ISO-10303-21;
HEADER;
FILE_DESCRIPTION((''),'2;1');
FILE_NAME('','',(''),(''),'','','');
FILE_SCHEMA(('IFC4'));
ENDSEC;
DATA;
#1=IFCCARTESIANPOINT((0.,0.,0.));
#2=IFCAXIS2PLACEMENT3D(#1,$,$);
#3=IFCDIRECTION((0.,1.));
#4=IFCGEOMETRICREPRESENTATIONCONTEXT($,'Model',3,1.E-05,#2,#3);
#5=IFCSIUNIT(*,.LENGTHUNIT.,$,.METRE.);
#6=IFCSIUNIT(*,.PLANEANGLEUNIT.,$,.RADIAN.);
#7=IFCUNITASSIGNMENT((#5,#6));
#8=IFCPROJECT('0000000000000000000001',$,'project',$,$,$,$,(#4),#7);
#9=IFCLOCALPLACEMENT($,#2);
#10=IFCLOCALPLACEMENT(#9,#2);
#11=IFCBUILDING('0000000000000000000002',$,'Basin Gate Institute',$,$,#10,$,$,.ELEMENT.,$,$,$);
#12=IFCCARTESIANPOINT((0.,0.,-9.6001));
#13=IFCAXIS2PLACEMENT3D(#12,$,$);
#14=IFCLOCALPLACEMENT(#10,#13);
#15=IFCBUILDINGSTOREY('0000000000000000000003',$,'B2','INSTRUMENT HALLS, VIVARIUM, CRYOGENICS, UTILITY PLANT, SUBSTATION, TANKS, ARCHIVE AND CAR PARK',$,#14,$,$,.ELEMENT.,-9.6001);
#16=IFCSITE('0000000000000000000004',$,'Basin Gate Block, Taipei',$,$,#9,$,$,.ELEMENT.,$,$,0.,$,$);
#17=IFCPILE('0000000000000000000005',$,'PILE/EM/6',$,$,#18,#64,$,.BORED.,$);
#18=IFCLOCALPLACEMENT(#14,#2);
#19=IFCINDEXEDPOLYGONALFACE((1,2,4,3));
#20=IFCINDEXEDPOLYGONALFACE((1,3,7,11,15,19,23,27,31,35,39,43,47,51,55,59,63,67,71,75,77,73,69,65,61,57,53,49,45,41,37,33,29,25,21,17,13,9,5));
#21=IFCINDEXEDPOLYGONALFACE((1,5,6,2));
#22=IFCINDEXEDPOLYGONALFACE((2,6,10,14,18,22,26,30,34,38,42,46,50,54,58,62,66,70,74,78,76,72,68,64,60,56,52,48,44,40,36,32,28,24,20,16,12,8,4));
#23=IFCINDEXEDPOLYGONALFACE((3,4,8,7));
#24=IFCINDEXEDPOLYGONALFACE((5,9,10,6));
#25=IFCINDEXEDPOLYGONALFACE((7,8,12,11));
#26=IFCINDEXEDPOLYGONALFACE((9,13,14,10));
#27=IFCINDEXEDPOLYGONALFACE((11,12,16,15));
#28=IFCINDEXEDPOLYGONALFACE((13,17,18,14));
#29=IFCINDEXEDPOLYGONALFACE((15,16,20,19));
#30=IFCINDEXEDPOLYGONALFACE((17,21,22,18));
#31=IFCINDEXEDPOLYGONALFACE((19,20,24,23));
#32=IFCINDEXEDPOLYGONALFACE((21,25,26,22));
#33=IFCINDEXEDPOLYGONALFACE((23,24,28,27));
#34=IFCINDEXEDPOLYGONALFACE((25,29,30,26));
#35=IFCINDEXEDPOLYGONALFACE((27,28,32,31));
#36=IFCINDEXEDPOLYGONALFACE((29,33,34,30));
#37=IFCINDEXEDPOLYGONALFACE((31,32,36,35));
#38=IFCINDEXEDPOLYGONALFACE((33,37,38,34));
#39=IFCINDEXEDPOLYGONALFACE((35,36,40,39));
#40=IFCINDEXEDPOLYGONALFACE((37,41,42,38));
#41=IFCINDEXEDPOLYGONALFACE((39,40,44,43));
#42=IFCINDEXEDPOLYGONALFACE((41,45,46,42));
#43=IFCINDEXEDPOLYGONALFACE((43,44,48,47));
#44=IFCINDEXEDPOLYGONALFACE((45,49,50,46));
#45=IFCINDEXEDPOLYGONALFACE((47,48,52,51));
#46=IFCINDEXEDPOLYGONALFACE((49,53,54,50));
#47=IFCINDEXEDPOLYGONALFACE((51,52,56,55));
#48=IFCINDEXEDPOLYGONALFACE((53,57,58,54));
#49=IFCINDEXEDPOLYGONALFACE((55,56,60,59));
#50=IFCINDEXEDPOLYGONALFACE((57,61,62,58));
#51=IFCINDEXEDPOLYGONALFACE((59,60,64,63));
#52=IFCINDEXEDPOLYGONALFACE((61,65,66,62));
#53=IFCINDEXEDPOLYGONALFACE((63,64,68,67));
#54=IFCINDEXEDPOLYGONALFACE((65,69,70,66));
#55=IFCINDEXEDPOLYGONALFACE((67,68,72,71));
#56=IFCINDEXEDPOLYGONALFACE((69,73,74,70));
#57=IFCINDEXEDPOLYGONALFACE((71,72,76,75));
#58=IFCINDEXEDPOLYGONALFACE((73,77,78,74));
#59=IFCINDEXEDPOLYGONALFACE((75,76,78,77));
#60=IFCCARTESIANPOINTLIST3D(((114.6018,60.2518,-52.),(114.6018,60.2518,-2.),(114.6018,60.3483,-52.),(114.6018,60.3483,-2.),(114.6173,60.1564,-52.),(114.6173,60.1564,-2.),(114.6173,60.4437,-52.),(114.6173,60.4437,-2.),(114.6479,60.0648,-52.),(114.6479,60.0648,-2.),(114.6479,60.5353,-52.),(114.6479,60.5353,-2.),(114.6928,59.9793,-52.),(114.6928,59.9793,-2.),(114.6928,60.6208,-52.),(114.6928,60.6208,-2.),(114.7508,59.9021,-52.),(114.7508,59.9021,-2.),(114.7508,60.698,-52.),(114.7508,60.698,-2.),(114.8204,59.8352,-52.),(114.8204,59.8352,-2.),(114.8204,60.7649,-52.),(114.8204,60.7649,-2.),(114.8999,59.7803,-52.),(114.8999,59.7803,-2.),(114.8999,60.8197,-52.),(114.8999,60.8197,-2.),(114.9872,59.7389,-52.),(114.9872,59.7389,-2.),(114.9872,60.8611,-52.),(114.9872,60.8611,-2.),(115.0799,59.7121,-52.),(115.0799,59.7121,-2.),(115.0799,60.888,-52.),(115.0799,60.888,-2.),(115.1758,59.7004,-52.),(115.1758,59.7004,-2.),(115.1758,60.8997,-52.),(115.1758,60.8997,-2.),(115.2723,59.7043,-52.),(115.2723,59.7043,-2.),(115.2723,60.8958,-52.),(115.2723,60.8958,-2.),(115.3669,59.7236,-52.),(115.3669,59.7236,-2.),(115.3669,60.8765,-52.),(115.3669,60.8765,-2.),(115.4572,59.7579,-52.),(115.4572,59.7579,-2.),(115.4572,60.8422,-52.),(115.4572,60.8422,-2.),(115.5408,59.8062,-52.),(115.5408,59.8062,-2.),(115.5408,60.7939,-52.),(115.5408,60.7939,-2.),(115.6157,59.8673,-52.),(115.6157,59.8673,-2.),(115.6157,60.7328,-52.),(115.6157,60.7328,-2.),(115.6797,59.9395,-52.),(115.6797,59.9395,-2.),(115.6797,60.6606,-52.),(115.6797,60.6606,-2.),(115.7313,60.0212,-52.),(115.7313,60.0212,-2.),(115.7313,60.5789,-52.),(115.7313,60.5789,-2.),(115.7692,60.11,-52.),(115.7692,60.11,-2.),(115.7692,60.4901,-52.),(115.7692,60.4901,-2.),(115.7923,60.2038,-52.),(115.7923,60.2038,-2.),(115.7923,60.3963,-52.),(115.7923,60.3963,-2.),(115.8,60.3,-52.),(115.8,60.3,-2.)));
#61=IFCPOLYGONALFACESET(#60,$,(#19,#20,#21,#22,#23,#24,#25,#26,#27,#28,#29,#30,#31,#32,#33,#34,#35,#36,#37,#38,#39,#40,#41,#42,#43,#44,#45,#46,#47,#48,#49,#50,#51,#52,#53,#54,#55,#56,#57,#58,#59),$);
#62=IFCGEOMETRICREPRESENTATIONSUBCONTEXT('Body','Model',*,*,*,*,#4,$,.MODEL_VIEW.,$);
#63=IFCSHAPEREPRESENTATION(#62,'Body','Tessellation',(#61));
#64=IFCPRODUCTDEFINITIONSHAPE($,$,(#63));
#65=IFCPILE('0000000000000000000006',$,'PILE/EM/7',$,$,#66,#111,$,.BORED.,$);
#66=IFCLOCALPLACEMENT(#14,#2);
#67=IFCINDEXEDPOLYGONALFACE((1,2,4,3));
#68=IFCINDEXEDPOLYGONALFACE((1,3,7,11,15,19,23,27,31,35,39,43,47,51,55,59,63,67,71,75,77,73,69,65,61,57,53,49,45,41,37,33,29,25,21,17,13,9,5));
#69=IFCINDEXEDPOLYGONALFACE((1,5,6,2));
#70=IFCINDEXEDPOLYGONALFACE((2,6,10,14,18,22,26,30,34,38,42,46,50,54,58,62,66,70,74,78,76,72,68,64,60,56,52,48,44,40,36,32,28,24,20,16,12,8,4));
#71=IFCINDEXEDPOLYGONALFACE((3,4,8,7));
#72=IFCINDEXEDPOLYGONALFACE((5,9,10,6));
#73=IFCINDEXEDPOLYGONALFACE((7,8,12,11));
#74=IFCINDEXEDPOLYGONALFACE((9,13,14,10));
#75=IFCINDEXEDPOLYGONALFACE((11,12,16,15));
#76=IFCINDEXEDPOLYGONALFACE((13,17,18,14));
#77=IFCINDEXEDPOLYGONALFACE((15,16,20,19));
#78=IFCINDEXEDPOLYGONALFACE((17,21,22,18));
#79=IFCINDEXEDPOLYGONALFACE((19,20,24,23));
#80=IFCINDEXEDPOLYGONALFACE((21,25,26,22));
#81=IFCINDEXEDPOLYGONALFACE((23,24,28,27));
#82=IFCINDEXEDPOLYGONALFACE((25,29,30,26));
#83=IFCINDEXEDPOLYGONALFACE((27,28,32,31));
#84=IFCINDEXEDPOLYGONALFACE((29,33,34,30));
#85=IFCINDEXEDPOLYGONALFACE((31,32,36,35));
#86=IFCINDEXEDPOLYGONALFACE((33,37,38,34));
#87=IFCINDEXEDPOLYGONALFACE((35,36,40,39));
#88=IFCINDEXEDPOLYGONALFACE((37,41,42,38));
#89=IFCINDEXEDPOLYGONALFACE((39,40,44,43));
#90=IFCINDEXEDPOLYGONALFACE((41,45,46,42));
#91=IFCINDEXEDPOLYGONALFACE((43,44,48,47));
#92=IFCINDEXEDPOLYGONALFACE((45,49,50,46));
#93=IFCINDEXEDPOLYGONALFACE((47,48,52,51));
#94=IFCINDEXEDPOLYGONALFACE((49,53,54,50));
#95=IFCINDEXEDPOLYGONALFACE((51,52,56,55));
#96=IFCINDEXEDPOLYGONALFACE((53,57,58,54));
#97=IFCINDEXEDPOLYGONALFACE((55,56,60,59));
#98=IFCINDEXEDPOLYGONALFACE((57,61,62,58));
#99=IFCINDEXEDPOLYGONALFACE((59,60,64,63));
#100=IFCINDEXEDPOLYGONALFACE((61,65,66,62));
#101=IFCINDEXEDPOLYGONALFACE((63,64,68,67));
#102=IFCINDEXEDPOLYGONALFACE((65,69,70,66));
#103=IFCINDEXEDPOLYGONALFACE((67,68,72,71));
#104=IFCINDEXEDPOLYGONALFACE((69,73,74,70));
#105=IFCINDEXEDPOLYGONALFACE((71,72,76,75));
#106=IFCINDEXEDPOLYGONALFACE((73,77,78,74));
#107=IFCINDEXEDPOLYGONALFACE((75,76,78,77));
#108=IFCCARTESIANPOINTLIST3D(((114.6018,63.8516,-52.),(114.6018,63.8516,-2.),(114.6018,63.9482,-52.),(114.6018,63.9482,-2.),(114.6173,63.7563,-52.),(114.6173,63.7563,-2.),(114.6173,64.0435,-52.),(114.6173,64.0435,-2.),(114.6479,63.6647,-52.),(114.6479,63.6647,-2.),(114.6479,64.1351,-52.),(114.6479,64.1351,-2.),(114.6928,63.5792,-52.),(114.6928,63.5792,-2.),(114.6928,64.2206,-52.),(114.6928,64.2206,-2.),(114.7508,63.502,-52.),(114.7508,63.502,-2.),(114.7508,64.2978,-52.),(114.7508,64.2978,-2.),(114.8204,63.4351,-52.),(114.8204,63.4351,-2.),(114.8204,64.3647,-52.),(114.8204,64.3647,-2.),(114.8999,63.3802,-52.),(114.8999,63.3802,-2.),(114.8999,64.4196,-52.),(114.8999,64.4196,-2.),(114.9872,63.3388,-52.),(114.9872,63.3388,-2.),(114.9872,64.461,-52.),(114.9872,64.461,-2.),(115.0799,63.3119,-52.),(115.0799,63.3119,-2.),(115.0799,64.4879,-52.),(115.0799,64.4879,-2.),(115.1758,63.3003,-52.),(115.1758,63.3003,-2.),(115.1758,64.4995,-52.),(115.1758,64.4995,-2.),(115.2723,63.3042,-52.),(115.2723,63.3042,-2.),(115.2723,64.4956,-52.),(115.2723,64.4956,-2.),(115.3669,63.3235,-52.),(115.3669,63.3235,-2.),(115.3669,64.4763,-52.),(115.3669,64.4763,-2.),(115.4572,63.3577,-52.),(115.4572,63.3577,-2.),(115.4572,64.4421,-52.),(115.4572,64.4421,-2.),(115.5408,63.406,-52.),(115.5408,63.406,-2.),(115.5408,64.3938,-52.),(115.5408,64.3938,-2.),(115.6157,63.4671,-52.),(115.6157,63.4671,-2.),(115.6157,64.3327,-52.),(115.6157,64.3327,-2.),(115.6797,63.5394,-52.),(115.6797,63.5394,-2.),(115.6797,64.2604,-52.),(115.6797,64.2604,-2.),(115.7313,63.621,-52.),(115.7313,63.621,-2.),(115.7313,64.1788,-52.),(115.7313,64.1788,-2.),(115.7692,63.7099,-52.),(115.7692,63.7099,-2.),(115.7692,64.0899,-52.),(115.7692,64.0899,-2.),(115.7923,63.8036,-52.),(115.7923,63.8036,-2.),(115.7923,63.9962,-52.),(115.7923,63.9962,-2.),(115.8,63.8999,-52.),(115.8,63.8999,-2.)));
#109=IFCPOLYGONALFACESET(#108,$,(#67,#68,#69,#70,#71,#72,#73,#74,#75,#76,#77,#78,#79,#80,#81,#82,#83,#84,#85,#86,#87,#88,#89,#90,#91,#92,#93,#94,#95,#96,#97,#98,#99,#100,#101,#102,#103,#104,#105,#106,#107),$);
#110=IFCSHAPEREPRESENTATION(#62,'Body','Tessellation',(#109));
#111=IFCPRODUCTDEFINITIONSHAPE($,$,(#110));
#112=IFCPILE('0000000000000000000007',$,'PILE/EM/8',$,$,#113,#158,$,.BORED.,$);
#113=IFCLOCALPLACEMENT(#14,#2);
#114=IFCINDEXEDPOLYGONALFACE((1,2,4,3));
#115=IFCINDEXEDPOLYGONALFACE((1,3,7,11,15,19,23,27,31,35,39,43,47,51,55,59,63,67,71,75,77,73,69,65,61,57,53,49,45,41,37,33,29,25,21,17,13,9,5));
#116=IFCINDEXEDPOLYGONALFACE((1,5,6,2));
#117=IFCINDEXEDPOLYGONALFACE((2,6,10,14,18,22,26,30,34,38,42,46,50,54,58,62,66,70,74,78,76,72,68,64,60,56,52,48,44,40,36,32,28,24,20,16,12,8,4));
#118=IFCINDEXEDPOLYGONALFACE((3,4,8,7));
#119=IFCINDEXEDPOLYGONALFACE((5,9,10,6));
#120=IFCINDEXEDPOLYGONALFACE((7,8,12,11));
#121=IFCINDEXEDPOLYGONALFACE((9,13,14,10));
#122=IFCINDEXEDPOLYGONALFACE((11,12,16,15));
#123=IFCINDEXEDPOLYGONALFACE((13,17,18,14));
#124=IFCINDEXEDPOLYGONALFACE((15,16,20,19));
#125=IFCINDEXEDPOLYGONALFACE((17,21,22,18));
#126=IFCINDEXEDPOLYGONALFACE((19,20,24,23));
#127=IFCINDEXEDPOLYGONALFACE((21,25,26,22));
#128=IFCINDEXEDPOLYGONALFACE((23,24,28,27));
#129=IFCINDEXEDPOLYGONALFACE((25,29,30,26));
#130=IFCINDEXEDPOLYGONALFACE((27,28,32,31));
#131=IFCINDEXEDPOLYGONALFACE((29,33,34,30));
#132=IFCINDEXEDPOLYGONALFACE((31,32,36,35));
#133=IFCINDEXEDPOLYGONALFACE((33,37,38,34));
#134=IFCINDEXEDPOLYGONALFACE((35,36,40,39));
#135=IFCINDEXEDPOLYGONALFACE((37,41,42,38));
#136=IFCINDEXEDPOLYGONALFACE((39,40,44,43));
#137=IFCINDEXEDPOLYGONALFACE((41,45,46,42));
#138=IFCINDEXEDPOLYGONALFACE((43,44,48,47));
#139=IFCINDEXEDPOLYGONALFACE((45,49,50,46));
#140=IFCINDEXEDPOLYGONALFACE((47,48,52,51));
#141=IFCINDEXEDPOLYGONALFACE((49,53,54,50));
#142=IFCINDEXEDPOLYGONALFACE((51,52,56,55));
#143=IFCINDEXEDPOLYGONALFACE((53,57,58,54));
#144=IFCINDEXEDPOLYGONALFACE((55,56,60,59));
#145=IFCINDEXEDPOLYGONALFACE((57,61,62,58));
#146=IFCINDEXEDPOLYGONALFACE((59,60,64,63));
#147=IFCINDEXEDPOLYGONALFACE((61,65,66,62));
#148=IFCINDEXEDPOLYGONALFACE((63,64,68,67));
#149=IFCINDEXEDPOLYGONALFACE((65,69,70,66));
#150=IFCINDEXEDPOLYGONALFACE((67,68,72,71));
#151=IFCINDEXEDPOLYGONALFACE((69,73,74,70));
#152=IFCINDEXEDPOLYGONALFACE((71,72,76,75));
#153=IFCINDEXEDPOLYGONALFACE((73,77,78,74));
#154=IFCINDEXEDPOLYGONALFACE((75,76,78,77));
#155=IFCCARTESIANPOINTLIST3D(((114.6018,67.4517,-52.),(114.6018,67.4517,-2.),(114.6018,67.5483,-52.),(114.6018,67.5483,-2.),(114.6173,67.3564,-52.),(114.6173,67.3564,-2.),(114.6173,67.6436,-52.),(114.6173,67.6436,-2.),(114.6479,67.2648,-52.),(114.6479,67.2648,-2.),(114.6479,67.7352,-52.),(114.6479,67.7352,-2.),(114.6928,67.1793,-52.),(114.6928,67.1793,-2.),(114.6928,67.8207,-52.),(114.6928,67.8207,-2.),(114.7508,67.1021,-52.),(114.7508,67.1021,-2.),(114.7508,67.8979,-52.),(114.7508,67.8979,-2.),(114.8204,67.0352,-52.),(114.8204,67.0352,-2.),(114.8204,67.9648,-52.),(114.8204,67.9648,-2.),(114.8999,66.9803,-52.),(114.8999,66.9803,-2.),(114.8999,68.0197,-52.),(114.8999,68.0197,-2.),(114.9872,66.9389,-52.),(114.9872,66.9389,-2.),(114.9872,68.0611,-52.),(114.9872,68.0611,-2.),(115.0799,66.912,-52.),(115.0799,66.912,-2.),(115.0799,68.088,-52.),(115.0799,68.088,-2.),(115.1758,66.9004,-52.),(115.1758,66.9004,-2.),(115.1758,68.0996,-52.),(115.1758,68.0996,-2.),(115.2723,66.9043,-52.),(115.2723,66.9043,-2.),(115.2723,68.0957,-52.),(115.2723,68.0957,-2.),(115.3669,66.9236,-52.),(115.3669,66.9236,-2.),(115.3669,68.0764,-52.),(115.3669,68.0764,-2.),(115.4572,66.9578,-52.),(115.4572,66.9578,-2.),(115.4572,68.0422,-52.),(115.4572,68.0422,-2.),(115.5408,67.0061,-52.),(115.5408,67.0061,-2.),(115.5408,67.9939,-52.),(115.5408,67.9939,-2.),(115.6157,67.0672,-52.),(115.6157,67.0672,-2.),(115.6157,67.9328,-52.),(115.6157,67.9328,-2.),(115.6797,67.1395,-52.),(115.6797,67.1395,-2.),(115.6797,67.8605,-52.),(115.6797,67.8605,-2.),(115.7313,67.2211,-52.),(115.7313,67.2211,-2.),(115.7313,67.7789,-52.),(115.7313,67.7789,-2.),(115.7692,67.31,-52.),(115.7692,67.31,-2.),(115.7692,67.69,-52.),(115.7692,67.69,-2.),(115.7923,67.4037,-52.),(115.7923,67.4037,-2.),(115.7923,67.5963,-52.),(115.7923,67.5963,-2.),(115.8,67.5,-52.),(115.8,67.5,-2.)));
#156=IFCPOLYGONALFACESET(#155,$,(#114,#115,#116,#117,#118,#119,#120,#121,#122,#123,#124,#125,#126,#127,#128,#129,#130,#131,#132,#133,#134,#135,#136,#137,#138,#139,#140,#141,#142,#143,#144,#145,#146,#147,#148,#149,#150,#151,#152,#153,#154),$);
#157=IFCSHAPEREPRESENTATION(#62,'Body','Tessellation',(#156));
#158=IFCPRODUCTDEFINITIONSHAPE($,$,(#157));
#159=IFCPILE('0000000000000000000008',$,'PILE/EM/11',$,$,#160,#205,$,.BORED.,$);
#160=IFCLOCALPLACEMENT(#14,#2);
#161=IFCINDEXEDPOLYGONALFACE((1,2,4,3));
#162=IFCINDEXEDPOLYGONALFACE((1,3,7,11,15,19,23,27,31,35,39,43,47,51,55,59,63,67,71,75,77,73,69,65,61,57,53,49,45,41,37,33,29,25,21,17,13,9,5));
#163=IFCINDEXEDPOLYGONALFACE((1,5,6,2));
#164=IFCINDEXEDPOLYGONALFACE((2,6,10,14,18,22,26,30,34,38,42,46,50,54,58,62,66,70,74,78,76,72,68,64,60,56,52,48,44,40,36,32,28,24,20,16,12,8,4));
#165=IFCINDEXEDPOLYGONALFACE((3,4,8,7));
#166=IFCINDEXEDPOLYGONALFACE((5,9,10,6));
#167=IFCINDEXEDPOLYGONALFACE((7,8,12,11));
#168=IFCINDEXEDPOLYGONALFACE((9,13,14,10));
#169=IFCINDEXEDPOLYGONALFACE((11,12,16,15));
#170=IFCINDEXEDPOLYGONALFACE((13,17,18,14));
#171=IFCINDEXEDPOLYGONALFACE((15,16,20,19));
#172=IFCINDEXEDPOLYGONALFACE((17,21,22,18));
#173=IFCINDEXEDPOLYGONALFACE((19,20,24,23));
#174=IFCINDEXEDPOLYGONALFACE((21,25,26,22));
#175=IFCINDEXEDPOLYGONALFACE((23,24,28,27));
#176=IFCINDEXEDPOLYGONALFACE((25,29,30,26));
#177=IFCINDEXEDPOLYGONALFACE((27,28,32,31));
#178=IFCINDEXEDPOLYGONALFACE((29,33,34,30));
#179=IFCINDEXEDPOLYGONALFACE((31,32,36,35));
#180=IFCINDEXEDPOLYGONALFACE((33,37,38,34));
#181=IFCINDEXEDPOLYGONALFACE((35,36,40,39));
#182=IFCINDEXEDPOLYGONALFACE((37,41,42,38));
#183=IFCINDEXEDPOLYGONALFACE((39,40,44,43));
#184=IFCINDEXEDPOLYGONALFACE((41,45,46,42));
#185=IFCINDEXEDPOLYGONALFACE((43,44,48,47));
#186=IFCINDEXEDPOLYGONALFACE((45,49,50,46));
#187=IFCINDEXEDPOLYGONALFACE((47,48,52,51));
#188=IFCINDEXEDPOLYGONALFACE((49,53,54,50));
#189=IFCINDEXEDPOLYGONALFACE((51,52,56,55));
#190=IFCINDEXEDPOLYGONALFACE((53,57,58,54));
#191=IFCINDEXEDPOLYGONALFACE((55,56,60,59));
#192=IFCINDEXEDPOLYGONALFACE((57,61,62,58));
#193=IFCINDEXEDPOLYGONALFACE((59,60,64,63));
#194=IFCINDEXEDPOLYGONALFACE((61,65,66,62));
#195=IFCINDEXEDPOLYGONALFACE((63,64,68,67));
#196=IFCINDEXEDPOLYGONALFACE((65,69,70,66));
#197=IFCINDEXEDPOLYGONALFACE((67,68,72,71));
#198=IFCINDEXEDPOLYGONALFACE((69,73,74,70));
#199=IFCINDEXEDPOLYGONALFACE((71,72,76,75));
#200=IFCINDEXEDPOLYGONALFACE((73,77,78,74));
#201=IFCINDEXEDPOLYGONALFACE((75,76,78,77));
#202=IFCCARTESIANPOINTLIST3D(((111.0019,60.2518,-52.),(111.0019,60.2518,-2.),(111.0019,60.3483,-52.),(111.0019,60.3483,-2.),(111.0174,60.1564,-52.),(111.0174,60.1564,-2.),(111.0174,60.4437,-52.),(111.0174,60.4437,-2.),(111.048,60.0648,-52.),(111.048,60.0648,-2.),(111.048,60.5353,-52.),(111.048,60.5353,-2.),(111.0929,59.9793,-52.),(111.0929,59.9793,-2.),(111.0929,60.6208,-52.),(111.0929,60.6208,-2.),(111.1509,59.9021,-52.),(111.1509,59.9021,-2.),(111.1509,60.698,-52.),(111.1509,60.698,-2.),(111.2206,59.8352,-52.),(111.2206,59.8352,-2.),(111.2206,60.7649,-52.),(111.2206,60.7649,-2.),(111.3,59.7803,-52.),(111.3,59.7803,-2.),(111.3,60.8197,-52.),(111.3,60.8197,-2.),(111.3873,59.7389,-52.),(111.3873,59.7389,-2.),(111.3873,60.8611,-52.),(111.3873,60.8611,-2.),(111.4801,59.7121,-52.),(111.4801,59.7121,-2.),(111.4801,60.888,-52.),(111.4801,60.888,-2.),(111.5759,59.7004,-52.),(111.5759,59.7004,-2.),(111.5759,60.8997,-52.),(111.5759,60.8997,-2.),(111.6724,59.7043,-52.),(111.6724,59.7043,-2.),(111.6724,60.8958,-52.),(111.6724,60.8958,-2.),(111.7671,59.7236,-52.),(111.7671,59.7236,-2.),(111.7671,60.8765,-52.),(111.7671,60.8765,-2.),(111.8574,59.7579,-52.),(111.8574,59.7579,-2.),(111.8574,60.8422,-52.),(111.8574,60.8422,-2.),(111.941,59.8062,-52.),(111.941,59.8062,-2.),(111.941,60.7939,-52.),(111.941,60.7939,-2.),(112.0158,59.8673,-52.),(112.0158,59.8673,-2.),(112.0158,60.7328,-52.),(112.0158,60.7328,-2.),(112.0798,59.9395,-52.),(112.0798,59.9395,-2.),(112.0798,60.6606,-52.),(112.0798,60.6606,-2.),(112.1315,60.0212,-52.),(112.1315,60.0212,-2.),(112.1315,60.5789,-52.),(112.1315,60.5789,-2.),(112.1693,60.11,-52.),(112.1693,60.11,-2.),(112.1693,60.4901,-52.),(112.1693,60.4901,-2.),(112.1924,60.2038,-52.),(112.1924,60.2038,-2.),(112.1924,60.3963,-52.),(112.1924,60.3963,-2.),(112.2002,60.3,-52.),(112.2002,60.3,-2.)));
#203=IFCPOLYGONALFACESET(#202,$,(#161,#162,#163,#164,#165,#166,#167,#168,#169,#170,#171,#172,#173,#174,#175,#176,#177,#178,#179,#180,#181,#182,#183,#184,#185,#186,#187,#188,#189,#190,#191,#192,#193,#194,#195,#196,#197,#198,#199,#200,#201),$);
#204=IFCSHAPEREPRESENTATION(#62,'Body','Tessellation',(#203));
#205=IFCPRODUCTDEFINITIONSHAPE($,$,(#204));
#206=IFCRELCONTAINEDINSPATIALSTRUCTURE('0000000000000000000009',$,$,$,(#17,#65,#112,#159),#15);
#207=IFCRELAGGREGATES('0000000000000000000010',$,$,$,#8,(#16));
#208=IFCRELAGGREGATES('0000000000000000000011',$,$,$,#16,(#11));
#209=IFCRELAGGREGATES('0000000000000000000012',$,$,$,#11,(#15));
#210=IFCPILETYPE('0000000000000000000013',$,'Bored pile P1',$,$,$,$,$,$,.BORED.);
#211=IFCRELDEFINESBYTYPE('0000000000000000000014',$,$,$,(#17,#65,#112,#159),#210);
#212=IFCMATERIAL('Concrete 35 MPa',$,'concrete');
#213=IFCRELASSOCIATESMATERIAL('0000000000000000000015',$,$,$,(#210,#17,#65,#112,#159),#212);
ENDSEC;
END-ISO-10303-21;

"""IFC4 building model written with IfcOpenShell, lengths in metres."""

from ifc_helpers import new_model, si_unit, direction, frame, origin, origin_2d, place, context, subcontext, project, spatial, circle, extrude, material, material_profile, profile_set, type_object, element, save


model = new_model("IFC4")

# Units and contexts
model_context = context("Model", 3, precision=1e-05, world=origin(), true_north=direction((0.0, 1.0)))
body_context = subcontext(model_context, "Body", "Model", "MODEL_VIEW")
ifc_project = project(units=[si_unit("LENGTHUNIT", "METRE"), si_unit("PLANEANGLEUNIT", "RADIAN")], contexts=[model_context])

# Site, building, storey
site_placement = place(None, origin())
site = spatial("IfcSite", under=ifc_project, at=site_placement, Name="Basin Gate Block, Taipei", CompositionType="ELEMENT", RefElevation=0.0)
building_placement = place(site_placement, origin())
building = spatial("IfcBuilding", under=site, at=building_placement, Name="Basin Gate Institute", CompositionType="ELEMENT")
storey_placement = place(building_placement, frame((0.0, 0.0, -9.6001)))
storey = spatial("IfcBuildingStorey", under=building, at=storey_placement, Name="B2", Description="INSTRUMENT HALLS, VIVARIUM, CRYOGENICS, UTILITY PLANT, SUBSTATION, TANKS, ARCHIVE AND CAR PARK", CompositionType="ELEMENT", Elevation=-9.6001)

# Piles
ifc_material_1 = material(Name="Concrete 35 MPa", Category="concrete")
ifc_material_profile_1 = material_profile(ifc_material_1, circle(Radius=0.6001, at=origin_2d()), Name="Bored pile P1 1200 dia")
ifc_profile_set_1 = profile_set([ifc_material_profile_1], Name="Concrete 35 MPa")
pile_type = type_object("IfcPileType", Name="Bored pile P1", PredefinedType="BORED", material=ifc_profile_set_1)
for number, where, z_axis, x_axis, name in (
    (1, (115.2, 60.3, -2.0), (0.0, 0.0, -1.0), (1.0, 0.0, 0.0), "PILE/EM/6"),
    (2, (115.2, 63.8999, -2.0), (0.0, 0.0, -1.0), (1.0, 0.0, 0.0), "PILE/EM/7"),
    (3, (115.2, 67.5, -2.0), (0.0, 0.0, -1.0), (1.0, 0.0, 0.0), "PILE/EM/8"),
    (4, (111.6001, 60.3, -2.0), (0.0, 0.0, -1.0), (1.0, 0.0, 0.0), "PILE/EM/11"),
):
    element("IfcPile", number, at=place(storey_placement, frame(where, z_axis=z_axis, x_axis=x_axis)), inside=storey, type_object=pile_type, material=ifc_profile_set_1, Name=name, PredefinedType="BORED", context=body_context, shape_type="SweptSolid", body=[
        extrude(circle(Radius=0.6001, at=origin_2d()), origin(), (0.0, 0.0, 1.0), 50.0),
    ])

save(model, "model.ifc")
